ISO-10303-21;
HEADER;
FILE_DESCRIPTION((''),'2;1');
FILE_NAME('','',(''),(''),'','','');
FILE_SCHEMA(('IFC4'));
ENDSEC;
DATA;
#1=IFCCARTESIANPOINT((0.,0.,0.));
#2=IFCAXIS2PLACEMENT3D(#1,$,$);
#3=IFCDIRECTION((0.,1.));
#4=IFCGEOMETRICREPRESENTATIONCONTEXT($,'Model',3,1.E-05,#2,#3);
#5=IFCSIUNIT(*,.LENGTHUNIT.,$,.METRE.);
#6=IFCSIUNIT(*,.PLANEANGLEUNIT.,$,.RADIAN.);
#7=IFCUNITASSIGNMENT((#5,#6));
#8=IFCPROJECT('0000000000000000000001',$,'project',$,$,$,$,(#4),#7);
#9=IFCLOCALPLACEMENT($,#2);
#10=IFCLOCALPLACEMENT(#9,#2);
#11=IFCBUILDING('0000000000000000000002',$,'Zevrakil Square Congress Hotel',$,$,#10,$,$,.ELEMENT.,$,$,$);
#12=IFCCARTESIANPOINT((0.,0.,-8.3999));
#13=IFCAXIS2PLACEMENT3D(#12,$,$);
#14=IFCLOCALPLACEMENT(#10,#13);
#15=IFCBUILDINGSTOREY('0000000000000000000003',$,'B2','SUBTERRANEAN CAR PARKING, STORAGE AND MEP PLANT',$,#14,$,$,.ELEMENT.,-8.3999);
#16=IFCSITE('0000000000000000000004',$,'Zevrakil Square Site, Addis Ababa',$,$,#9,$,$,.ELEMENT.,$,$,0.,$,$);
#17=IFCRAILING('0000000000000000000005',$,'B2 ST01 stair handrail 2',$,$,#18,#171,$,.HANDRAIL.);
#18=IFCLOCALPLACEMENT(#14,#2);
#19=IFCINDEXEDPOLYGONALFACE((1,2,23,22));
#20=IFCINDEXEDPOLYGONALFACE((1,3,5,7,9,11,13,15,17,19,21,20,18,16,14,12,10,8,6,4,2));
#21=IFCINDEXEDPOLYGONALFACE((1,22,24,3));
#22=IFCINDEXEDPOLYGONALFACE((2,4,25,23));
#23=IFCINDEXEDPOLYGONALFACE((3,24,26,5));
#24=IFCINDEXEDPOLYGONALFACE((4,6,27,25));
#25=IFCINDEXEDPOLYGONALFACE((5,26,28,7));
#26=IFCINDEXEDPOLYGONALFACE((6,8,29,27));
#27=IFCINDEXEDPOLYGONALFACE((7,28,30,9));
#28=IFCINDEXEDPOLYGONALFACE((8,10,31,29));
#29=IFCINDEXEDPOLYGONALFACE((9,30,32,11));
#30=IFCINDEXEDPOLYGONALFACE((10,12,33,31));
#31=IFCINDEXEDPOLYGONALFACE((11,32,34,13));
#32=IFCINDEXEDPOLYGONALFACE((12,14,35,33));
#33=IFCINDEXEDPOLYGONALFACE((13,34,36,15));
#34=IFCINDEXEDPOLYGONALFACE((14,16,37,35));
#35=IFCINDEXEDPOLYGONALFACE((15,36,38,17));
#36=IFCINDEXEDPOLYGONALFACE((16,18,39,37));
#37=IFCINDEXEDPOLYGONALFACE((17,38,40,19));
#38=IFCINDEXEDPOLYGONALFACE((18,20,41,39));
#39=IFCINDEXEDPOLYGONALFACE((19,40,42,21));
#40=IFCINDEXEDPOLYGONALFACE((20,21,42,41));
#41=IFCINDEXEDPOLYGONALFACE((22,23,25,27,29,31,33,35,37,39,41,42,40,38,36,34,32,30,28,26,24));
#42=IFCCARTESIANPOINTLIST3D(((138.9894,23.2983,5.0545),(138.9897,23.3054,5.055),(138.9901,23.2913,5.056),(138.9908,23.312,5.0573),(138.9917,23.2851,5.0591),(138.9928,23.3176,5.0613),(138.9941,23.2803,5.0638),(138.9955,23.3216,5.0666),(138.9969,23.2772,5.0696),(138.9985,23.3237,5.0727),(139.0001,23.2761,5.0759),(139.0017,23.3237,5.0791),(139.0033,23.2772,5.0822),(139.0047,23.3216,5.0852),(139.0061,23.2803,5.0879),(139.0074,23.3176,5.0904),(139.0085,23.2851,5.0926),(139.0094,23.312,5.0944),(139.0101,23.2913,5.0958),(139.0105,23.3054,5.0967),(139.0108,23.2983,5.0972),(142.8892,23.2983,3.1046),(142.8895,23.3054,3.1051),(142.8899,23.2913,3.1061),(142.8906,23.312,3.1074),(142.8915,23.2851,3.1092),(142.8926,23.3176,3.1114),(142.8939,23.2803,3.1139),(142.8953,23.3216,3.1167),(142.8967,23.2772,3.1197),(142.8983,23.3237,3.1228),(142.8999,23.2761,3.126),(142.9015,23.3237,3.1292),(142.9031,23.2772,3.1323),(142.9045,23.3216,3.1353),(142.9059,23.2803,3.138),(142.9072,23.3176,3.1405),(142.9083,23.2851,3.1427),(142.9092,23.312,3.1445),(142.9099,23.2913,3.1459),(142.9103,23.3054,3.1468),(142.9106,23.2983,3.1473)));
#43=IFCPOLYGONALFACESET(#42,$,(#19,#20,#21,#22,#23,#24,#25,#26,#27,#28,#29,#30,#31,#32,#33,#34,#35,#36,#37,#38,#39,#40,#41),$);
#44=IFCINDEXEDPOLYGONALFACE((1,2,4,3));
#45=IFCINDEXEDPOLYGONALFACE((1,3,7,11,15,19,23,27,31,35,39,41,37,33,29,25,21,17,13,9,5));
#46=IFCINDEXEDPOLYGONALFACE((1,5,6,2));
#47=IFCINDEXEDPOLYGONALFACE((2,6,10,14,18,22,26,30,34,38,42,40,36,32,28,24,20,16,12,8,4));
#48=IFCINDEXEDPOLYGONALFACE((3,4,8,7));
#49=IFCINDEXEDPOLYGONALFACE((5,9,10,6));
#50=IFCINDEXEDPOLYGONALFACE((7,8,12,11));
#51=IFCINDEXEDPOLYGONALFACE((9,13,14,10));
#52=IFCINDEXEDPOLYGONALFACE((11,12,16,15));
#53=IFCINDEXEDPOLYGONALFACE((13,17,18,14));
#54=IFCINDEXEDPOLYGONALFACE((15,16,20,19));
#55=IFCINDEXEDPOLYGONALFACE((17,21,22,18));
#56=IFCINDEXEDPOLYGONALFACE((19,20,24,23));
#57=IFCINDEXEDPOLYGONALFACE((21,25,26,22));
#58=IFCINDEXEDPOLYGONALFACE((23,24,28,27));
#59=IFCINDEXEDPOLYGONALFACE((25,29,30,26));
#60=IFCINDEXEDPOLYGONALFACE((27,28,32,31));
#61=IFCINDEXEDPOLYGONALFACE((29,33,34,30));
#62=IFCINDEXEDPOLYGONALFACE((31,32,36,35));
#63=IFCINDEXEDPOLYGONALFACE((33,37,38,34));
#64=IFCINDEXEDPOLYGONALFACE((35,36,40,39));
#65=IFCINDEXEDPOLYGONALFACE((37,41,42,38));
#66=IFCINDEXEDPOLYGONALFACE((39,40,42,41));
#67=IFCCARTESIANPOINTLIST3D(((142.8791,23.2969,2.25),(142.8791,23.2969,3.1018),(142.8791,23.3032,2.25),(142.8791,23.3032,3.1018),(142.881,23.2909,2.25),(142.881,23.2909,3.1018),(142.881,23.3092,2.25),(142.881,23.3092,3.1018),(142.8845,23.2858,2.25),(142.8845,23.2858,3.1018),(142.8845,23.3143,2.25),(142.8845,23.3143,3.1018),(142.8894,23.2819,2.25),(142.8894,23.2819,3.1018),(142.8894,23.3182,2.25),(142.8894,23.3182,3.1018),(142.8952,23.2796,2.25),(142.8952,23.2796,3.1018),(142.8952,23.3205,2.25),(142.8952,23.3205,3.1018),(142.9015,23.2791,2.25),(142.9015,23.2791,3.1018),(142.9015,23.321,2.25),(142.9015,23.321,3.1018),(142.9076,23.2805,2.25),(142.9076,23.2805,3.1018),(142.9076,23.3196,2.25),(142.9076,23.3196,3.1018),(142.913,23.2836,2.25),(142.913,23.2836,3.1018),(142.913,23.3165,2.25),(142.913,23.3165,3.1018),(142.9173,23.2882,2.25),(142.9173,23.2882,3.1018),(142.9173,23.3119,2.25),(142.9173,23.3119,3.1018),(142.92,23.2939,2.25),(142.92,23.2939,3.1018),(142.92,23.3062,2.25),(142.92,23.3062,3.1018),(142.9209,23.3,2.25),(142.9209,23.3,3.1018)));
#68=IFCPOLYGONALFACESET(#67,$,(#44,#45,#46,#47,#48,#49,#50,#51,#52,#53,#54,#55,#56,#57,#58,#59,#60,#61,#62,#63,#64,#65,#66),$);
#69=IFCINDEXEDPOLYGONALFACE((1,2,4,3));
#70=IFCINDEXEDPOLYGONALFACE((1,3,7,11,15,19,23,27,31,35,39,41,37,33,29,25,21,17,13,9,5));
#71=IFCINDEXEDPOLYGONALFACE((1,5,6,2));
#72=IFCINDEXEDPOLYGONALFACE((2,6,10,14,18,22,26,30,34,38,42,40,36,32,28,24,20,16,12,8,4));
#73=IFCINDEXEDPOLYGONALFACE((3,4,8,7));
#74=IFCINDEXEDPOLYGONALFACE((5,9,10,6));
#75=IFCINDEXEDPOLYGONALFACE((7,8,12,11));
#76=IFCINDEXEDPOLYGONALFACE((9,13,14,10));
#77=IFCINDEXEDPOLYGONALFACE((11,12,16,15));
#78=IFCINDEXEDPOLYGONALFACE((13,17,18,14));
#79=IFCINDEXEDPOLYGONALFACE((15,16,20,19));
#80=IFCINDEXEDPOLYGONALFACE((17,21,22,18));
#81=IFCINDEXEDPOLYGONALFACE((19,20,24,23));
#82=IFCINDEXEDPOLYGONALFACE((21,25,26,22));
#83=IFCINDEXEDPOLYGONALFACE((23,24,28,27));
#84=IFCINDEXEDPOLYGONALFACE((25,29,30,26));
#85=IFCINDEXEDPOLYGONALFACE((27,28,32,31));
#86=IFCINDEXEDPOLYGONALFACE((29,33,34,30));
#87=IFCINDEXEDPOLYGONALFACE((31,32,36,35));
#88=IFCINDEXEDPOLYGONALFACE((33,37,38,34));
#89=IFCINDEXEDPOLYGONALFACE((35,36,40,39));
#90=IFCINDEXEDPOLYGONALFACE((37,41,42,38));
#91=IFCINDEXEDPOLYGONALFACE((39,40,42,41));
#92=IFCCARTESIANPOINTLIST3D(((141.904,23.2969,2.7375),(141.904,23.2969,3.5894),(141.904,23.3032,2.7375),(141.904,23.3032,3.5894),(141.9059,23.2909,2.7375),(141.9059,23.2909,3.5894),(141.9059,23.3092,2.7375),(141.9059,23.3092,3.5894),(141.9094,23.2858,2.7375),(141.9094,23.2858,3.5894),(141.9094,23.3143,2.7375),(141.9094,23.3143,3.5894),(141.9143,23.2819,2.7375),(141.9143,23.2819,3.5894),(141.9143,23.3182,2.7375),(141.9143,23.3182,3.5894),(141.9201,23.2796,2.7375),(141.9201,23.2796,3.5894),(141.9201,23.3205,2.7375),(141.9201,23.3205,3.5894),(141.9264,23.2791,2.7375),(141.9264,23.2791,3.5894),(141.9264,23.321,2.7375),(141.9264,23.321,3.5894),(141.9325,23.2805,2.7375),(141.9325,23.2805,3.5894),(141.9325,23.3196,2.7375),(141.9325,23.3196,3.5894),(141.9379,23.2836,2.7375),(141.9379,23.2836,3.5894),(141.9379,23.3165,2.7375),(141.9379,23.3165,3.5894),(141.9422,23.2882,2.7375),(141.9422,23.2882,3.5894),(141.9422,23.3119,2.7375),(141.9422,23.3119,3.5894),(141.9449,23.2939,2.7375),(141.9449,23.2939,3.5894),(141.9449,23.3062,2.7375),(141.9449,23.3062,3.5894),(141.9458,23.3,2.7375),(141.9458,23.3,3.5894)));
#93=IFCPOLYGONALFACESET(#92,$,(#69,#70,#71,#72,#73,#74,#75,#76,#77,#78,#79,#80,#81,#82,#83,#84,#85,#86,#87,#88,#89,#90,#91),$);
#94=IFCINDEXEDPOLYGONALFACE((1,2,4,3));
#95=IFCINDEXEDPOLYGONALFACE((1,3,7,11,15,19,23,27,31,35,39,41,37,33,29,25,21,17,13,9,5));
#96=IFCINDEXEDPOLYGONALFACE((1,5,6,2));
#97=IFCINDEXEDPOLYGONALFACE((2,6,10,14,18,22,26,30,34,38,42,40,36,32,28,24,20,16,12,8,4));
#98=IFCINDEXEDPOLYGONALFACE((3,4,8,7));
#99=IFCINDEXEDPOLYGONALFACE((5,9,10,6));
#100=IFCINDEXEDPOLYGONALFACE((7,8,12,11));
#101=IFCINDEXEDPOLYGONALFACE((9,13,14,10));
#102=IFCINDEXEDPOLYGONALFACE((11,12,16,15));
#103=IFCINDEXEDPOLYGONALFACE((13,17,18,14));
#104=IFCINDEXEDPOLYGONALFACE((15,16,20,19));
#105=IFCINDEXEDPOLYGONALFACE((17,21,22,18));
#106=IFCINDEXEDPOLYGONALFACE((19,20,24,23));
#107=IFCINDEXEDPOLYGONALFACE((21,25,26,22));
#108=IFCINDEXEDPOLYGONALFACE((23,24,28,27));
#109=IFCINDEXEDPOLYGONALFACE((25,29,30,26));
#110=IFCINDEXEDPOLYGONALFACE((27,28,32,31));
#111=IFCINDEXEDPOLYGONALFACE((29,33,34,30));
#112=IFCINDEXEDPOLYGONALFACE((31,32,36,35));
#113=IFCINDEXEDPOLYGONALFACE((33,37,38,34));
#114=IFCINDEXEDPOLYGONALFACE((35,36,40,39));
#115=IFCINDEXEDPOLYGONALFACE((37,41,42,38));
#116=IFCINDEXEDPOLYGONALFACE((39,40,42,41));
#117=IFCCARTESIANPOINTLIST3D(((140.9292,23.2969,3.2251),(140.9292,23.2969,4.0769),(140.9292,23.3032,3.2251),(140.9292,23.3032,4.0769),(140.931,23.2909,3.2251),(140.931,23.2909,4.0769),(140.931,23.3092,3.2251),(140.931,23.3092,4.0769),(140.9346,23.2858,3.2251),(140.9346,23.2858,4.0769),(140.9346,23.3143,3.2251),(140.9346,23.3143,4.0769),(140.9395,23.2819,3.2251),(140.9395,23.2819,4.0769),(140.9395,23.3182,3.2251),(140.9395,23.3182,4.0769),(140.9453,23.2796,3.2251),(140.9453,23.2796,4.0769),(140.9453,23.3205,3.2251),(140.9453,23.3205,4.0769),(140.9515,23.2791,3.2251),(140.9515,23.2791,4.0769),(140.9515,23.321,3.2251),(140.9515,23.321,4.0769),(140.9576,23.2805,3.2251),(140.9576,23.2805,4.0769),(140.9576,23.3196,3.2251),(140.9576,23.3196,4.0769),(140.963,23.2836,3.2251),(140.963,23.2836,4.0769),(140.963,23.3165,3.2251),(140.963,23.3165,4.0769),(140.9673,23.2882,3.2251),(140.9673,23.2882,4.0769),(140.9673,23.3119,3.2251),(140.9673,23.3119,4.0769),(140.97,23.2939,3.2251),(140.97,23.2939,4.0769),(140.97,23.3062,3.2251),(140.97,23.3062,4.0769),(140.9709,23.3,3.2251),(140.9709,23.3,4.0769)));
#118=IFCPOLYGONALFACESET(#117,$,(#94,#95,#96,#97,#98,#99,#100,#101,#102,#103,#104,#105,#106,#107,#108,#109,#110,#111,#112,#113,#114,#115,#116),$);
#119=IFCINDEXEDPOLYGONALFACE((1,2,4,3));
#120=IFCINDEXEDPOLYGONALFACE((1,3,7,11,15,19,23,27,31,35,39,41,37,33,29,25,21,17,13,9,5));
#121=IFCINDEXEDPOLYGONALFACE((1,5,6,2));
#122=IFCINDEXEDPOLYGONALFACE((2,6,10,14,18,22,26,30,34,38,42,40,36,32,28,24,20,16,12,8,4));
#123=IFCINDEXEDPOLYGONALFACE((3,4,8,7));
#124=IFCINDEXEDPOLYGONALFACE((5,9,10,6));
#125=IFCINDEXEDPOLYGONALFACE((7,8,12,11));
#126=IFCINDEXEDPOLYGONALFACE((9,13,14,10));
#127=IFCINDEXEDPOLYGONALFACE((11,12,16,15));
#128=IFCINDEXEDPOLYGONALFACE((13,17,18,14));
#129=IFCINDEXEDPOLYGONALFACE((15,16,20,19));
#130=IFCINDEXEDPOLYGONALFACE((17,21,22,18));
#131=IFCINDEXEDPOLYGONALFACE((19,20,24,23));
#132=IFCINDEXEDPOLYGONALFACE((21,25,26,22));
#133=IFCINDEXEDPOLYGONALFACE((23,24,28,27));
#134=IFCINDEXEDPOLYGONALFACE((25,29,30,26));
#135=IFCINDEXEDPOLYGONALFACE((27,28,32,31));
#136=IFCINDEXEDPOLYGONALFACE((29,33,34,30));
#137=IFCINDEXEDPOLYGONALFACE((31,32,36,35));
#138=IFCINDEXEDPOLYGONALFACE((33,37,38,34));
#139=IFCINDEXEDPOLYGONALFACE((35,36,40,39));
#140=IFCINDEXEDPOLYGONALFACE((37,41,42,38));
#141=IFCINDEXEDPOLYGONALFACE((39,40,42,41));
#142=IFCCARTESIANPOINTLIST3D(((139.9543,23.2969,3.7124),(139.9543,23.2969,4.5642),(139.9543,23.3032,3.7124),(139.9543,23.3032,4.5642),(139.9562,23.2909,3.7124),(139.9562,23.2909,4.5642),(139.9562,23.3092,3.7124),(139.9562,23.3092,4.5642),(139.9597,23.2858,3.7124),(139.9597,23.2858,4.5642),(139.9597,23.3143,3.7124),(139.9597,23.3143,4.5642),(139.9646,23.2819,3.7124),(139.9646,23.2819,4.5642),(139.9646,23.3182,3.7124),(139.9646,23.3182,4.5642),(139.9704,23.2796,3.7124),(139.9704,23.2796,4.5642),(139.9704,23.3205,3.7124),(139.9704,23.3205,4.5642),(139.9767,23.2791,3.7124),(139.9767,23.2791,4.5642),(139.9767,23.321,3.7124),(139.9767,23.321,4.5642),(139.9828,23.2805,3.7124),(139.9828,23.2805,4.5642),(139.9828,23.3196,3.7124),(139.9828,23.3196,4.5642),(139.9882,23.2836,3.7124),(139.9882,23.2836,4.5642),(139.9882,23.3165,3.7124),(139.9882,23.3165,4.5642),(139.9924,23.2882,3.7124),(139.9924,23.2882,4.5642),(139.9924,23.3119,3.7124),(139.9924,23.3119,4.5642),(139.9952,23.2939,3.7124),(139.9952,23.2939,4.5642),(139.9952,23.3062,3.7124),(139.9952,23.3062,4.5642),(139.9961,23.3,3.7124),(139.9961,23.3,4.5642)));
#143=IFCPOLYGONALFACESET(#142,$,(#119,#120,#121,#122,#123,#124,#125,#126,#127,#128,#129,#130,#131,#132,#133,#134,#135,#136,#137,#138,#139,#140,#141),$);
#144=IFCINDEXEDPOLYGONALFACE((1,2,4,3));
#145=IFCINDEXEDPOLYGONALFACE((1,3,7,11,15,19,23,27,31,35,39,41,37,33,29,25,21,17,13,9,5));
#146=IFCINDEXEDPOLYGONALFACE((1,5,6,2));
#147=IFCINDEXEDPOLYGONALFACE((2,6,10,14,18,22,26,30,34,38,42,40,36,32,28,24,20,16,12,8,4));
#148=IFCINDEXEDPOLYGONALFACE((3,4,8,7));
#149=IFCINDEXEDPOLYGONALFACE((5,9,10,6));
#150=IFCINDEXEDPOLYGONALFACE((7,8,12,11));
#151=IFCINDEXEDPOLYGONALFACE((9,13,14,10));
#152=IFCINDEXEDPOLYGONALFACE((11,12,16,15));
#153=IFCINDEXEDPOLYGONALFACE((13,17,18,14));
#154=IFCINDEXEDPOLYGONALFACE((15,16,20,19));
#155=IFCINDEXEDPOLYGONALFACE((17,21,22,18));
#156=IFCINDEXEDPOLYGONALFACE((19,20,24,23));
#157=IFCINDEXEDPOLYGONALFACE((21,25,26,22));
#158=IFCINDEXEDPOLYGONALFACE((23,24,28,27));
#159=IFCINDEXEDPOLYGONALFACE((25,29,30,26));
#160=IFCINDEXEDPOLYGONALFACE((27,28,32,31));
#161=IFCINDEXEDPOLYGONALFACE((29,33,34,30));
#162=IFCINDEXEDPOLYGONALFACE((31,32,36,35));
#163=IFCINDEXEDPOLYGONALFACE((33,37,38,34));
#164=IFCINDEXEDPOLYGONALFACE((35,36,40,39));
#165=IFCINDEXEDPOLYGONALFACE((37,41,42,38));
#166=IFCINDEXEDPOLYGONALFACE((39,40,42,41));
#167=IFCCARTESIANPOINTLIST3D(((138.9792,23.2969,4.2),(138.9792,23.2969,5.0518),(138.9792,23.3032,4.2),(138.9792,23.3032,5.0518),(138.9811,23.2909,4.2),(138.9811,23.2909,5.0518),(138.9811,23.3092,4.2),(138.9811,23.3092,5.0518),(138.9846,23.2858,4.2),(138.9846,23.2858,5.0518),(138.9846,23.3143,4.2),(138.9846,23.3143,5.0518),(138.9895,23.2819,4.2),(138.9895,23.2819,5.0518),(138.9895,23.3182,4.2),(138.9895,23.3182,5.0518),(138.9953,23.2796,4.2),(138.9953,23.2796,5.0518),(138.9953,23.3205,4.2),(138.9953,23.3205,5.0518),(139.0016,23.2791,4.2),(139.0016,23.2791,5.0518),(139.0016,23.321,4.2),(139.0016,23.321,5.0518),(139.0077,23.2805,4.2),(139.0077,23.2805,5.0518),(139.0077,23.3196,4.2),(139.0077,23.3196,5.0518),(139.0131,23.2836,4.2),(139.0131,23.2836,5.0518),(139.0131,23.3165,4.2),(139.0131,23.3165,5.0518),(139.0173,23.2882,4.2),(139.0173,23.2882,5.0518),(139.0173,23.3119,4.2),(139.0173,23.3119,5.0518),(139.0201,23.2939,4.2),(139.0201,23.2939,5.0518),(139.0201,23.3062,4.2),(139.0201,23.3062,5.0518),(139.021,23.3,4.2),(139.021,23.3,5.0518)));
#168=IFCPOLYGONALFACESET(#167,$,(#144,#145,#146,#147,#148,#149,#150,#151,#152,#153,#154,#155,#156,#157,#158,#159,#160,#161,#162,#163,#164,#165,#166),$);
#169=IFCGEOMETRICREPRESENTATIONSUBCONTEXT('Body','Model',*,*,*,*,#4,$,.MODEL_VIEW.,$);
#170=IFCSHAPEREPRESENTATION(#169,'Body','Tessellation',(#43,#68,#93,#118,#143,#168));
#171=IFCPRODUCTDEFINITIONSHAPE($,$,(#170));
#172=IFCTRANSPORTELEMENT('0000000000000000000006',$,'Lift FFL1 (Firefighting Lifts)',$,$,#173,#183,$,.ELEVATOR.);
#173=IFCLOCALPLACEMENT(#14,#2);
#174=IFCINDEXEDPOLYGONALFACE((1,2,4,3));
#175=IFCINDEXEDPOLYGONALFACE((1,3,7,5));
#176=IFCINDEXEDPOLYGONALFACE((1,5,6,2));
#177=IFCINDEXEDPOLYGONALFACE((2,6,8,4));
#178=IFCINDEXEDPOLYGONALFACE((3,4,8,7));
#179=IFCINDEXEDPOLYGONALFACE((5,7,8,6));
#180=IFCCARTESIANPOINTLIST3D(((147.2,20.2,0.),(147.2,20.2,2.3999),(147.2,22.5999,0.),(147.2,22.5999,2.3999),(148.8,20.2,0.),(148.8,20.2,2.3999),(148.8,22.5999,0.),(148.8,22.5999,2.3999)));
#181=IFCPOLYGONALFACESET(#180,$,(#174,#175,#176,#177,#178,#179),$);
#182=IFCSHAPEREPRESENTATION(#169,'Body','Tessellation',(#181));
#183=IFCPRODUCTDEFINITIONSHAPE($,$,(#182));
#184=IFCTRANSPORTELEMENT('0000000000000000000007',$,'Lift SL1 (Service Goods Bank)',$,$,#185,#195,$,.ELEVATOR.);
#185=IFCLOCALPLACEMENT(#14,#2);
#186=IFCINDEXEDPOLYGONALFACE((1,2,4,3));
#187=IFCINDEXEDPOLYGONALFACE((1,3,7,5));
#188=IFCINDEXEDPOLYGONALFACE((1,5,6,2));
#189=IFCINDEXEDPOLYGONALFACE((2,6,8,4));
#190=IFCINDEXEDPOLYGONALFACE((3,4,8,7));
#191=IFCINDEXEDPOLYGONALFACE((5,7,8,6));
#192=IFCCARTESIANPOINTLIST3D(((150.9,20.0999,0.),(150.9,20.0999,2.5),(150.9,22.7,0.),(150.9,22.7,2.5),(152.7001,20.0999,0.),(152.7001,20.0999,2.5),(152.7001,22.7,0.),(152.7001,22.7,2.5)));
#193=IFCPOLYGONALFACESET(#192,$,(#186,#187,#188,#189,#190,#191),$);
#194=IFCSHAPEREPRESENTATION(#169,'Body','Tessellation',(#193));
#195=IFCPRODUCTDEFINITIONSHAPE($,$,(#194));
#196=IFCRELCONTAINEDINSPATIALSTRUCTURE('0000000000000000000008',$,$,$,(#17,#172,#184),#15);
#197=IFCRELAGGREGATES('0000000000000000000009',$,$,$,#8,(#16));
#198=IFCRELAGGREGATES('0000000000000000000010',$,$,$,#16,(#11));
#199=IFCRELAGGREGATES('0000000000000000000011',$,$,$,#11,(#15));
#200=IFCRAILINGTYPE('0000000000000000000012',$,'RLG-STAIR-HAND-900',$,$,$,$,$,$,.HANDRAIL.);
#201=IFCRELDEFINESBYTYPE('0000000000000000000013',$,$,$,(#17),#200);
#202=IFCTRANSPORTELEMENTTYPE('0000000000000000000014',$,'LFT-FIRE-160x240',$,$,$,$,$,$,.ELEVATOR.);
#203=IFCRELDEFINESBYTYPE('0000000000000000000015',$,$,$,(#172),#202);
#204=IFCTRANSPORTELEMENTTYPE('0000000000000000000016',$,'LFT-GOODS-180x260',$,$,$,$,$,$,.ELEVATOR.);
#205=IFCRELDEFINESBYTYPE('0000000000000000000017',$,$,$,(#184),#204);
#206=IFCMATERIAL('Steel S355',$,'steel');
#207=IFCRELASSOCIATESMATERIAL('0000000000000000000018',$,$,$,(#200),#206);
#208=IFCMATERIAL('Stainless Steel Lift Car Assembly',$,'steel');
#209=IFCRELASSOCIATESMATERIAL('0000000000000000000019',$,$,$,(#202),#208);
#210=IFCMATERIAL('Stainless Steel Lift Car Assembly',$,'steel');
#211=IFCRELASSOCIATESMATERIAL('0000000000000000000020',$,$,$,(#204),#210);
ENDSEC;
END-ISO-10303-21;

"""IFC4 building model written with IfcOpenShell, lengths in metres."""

from ifc_helpers import new_model, si_unit, direction, frame, origin, origin_2d, place, context, subcontext, project, spatial, rectangle, circle, extrude, material, type_object, element, save


model = new_model("IFC4")

# Units and contexts
model_context = context("Model", 3, precision=1e-05, world=origin(), true_north=direction((0.0, 1.0)))
body_context = subcontext(model_context, "Body", "Model", "MODEL_VIEW")
ifc_project = project(units=[si_unit("LENGTHUNIT", "METRE"), si_unit("PLANEANGLEUNIT", "RADIAN")], contexts=[model_context])

# Site, building, storey
site_placement = place(None, origin())
site = spatial("IfcSite", under=ifc_project, at=site_placement, Name="Zevrakil Square Site, Addis Ababa", CompositionType="ELEMENT", RefElevation=0.0)
building_placement = place(site_placement, origin())
building = spatial("IfcBuilding", under=site, at=building_placement, Name="Zevrakil Square Congress Hotel", CompositionType="ELEMENT")
storey_placement = place(building_placement, frame((0.0, 0.0, -8.3999)))
storey = spatial("IfcBuildingStorey", under=building, at=storey_placement, Name="B2", Description="SUBTERRANEAN CAR PARKING, STORAGE AND MEP PLANT", CompositionType="ELEMENT", Elevation=-8.3999)

# Railing
ifc_material_1 = material(Name="Steel S355", Category="steel")
railing_type_1 = type_object("IfcRailingType", Name="RLG-STAIR-HAND-900", PredefinedType="HANDRAIL", material=ifc_material_1)
railing_1_placement = place(storey_placement, frame((142.8999, 23.3, 2.25)))
element("IfcRailing", 1, at=railing_1_placement, inside=storey, type_object=railing_type_1, Name="B2 ST01 stair handrail 2", PredefinedType="HANDRAIL", context=body_context, shape_type="SweptSolid", body=[
    extrude(circle(Radius=0.0239, at=origin_2d()), frame((0.0, 0.0, 0.876), z_axis=(-0.894427, 0.0, 0.447214), x_axis=(0.0, -1.0, 0.0)), (0.0, 0.0, 1.0), 4.3601),
    extrude(circle(Radius=0.021, at=origin_2d()), origin(), (0.0, 0.0, 1.0), 0.8518),
    extrude(circle(Radius=0.021, at=origin_2d()), frame((-0.9751, 0.0, 0.4875)), (0.0, 0.0, 1.0), 0.8518),
    extrude(circle(Radius=0.021, at=origin_2d()), frame((-1.95, 0.0, 0.9751)), (0.0, 0.0, 1.0), 0.8518),
    extrude(circle(Radius=0.021, at=origin_2d()), frame((-2.9248, 0.0, 1.4624)), (0.0, 0.0, 1.0), 0.8518),
    extrude(circle(Radius=0.021, at=origin_2d()), frame((-3.8999, 0.0, 1.95)), (0.0, 0.0, 1.0), 0.8518),
])

# Transport elements
ifc_material_2 = material(Name="Stainless Steel Lift Car Assembly", Category="steel")
transport_element_type_1 = type_object("IfcTransportElementType", Name="LFT-FIRE-160x240", PredefinedType="ELEVATOR", material=ifc_material_2)
transport_element_1_placement = place(storey_placement, frame((148.0, 21.3999, 0.0), z_axis=(0.0, 0.0, 1.0), x_axis=(1.0, 0.0, 0.0)))
element("IfcTransportElement", 2, at=transport_element_1_placement, inside=storey, type_object=transport_element_type_1, Name="Lift FFL1 (Firefighting Lifts)", PredefinedType="ELEVATOR", context=body_context, shape_type="SweptSolid", body=[
    extrude(rectangle(XDim=1.6001, YDim=2.3999, at=origin_2d()), origin(), (0.0, 0.0, 1.0), 2.3999),
])
ifc_material_3 = material(Name="Stainless Steel Lift Car Assembly", Category="steel")
transport_element_type_2 = type_object("IfcTransportElementType", Name="LFT-GOODS-180x260", PredefinedType="ELEVATOR", material=ifc_material_3)
transport_element_2_placement = place(storey_placement, frame((151.8, 21.3999, 0.0), z_axis=(0.0, 0.0, 1.0), x_axis=(1.0, 0.0, 0.0)))
element("IfcTransportElement", 3, at=transport_element_2_placement, inside=storey, type_object=transport_element_type_2, Name="Lift SL1 (Service Goods Bank)", PredefinedType="ELEVATOR", context=body_context, shape_type="SweptSolid", body=[
    extrude(rectangle(XDim=1.8, YDim=2.6001, at=origin_2d()), origin(), (0.0, 0.0, 1.0), 2.5),
])

save(model, "model.ifc")
